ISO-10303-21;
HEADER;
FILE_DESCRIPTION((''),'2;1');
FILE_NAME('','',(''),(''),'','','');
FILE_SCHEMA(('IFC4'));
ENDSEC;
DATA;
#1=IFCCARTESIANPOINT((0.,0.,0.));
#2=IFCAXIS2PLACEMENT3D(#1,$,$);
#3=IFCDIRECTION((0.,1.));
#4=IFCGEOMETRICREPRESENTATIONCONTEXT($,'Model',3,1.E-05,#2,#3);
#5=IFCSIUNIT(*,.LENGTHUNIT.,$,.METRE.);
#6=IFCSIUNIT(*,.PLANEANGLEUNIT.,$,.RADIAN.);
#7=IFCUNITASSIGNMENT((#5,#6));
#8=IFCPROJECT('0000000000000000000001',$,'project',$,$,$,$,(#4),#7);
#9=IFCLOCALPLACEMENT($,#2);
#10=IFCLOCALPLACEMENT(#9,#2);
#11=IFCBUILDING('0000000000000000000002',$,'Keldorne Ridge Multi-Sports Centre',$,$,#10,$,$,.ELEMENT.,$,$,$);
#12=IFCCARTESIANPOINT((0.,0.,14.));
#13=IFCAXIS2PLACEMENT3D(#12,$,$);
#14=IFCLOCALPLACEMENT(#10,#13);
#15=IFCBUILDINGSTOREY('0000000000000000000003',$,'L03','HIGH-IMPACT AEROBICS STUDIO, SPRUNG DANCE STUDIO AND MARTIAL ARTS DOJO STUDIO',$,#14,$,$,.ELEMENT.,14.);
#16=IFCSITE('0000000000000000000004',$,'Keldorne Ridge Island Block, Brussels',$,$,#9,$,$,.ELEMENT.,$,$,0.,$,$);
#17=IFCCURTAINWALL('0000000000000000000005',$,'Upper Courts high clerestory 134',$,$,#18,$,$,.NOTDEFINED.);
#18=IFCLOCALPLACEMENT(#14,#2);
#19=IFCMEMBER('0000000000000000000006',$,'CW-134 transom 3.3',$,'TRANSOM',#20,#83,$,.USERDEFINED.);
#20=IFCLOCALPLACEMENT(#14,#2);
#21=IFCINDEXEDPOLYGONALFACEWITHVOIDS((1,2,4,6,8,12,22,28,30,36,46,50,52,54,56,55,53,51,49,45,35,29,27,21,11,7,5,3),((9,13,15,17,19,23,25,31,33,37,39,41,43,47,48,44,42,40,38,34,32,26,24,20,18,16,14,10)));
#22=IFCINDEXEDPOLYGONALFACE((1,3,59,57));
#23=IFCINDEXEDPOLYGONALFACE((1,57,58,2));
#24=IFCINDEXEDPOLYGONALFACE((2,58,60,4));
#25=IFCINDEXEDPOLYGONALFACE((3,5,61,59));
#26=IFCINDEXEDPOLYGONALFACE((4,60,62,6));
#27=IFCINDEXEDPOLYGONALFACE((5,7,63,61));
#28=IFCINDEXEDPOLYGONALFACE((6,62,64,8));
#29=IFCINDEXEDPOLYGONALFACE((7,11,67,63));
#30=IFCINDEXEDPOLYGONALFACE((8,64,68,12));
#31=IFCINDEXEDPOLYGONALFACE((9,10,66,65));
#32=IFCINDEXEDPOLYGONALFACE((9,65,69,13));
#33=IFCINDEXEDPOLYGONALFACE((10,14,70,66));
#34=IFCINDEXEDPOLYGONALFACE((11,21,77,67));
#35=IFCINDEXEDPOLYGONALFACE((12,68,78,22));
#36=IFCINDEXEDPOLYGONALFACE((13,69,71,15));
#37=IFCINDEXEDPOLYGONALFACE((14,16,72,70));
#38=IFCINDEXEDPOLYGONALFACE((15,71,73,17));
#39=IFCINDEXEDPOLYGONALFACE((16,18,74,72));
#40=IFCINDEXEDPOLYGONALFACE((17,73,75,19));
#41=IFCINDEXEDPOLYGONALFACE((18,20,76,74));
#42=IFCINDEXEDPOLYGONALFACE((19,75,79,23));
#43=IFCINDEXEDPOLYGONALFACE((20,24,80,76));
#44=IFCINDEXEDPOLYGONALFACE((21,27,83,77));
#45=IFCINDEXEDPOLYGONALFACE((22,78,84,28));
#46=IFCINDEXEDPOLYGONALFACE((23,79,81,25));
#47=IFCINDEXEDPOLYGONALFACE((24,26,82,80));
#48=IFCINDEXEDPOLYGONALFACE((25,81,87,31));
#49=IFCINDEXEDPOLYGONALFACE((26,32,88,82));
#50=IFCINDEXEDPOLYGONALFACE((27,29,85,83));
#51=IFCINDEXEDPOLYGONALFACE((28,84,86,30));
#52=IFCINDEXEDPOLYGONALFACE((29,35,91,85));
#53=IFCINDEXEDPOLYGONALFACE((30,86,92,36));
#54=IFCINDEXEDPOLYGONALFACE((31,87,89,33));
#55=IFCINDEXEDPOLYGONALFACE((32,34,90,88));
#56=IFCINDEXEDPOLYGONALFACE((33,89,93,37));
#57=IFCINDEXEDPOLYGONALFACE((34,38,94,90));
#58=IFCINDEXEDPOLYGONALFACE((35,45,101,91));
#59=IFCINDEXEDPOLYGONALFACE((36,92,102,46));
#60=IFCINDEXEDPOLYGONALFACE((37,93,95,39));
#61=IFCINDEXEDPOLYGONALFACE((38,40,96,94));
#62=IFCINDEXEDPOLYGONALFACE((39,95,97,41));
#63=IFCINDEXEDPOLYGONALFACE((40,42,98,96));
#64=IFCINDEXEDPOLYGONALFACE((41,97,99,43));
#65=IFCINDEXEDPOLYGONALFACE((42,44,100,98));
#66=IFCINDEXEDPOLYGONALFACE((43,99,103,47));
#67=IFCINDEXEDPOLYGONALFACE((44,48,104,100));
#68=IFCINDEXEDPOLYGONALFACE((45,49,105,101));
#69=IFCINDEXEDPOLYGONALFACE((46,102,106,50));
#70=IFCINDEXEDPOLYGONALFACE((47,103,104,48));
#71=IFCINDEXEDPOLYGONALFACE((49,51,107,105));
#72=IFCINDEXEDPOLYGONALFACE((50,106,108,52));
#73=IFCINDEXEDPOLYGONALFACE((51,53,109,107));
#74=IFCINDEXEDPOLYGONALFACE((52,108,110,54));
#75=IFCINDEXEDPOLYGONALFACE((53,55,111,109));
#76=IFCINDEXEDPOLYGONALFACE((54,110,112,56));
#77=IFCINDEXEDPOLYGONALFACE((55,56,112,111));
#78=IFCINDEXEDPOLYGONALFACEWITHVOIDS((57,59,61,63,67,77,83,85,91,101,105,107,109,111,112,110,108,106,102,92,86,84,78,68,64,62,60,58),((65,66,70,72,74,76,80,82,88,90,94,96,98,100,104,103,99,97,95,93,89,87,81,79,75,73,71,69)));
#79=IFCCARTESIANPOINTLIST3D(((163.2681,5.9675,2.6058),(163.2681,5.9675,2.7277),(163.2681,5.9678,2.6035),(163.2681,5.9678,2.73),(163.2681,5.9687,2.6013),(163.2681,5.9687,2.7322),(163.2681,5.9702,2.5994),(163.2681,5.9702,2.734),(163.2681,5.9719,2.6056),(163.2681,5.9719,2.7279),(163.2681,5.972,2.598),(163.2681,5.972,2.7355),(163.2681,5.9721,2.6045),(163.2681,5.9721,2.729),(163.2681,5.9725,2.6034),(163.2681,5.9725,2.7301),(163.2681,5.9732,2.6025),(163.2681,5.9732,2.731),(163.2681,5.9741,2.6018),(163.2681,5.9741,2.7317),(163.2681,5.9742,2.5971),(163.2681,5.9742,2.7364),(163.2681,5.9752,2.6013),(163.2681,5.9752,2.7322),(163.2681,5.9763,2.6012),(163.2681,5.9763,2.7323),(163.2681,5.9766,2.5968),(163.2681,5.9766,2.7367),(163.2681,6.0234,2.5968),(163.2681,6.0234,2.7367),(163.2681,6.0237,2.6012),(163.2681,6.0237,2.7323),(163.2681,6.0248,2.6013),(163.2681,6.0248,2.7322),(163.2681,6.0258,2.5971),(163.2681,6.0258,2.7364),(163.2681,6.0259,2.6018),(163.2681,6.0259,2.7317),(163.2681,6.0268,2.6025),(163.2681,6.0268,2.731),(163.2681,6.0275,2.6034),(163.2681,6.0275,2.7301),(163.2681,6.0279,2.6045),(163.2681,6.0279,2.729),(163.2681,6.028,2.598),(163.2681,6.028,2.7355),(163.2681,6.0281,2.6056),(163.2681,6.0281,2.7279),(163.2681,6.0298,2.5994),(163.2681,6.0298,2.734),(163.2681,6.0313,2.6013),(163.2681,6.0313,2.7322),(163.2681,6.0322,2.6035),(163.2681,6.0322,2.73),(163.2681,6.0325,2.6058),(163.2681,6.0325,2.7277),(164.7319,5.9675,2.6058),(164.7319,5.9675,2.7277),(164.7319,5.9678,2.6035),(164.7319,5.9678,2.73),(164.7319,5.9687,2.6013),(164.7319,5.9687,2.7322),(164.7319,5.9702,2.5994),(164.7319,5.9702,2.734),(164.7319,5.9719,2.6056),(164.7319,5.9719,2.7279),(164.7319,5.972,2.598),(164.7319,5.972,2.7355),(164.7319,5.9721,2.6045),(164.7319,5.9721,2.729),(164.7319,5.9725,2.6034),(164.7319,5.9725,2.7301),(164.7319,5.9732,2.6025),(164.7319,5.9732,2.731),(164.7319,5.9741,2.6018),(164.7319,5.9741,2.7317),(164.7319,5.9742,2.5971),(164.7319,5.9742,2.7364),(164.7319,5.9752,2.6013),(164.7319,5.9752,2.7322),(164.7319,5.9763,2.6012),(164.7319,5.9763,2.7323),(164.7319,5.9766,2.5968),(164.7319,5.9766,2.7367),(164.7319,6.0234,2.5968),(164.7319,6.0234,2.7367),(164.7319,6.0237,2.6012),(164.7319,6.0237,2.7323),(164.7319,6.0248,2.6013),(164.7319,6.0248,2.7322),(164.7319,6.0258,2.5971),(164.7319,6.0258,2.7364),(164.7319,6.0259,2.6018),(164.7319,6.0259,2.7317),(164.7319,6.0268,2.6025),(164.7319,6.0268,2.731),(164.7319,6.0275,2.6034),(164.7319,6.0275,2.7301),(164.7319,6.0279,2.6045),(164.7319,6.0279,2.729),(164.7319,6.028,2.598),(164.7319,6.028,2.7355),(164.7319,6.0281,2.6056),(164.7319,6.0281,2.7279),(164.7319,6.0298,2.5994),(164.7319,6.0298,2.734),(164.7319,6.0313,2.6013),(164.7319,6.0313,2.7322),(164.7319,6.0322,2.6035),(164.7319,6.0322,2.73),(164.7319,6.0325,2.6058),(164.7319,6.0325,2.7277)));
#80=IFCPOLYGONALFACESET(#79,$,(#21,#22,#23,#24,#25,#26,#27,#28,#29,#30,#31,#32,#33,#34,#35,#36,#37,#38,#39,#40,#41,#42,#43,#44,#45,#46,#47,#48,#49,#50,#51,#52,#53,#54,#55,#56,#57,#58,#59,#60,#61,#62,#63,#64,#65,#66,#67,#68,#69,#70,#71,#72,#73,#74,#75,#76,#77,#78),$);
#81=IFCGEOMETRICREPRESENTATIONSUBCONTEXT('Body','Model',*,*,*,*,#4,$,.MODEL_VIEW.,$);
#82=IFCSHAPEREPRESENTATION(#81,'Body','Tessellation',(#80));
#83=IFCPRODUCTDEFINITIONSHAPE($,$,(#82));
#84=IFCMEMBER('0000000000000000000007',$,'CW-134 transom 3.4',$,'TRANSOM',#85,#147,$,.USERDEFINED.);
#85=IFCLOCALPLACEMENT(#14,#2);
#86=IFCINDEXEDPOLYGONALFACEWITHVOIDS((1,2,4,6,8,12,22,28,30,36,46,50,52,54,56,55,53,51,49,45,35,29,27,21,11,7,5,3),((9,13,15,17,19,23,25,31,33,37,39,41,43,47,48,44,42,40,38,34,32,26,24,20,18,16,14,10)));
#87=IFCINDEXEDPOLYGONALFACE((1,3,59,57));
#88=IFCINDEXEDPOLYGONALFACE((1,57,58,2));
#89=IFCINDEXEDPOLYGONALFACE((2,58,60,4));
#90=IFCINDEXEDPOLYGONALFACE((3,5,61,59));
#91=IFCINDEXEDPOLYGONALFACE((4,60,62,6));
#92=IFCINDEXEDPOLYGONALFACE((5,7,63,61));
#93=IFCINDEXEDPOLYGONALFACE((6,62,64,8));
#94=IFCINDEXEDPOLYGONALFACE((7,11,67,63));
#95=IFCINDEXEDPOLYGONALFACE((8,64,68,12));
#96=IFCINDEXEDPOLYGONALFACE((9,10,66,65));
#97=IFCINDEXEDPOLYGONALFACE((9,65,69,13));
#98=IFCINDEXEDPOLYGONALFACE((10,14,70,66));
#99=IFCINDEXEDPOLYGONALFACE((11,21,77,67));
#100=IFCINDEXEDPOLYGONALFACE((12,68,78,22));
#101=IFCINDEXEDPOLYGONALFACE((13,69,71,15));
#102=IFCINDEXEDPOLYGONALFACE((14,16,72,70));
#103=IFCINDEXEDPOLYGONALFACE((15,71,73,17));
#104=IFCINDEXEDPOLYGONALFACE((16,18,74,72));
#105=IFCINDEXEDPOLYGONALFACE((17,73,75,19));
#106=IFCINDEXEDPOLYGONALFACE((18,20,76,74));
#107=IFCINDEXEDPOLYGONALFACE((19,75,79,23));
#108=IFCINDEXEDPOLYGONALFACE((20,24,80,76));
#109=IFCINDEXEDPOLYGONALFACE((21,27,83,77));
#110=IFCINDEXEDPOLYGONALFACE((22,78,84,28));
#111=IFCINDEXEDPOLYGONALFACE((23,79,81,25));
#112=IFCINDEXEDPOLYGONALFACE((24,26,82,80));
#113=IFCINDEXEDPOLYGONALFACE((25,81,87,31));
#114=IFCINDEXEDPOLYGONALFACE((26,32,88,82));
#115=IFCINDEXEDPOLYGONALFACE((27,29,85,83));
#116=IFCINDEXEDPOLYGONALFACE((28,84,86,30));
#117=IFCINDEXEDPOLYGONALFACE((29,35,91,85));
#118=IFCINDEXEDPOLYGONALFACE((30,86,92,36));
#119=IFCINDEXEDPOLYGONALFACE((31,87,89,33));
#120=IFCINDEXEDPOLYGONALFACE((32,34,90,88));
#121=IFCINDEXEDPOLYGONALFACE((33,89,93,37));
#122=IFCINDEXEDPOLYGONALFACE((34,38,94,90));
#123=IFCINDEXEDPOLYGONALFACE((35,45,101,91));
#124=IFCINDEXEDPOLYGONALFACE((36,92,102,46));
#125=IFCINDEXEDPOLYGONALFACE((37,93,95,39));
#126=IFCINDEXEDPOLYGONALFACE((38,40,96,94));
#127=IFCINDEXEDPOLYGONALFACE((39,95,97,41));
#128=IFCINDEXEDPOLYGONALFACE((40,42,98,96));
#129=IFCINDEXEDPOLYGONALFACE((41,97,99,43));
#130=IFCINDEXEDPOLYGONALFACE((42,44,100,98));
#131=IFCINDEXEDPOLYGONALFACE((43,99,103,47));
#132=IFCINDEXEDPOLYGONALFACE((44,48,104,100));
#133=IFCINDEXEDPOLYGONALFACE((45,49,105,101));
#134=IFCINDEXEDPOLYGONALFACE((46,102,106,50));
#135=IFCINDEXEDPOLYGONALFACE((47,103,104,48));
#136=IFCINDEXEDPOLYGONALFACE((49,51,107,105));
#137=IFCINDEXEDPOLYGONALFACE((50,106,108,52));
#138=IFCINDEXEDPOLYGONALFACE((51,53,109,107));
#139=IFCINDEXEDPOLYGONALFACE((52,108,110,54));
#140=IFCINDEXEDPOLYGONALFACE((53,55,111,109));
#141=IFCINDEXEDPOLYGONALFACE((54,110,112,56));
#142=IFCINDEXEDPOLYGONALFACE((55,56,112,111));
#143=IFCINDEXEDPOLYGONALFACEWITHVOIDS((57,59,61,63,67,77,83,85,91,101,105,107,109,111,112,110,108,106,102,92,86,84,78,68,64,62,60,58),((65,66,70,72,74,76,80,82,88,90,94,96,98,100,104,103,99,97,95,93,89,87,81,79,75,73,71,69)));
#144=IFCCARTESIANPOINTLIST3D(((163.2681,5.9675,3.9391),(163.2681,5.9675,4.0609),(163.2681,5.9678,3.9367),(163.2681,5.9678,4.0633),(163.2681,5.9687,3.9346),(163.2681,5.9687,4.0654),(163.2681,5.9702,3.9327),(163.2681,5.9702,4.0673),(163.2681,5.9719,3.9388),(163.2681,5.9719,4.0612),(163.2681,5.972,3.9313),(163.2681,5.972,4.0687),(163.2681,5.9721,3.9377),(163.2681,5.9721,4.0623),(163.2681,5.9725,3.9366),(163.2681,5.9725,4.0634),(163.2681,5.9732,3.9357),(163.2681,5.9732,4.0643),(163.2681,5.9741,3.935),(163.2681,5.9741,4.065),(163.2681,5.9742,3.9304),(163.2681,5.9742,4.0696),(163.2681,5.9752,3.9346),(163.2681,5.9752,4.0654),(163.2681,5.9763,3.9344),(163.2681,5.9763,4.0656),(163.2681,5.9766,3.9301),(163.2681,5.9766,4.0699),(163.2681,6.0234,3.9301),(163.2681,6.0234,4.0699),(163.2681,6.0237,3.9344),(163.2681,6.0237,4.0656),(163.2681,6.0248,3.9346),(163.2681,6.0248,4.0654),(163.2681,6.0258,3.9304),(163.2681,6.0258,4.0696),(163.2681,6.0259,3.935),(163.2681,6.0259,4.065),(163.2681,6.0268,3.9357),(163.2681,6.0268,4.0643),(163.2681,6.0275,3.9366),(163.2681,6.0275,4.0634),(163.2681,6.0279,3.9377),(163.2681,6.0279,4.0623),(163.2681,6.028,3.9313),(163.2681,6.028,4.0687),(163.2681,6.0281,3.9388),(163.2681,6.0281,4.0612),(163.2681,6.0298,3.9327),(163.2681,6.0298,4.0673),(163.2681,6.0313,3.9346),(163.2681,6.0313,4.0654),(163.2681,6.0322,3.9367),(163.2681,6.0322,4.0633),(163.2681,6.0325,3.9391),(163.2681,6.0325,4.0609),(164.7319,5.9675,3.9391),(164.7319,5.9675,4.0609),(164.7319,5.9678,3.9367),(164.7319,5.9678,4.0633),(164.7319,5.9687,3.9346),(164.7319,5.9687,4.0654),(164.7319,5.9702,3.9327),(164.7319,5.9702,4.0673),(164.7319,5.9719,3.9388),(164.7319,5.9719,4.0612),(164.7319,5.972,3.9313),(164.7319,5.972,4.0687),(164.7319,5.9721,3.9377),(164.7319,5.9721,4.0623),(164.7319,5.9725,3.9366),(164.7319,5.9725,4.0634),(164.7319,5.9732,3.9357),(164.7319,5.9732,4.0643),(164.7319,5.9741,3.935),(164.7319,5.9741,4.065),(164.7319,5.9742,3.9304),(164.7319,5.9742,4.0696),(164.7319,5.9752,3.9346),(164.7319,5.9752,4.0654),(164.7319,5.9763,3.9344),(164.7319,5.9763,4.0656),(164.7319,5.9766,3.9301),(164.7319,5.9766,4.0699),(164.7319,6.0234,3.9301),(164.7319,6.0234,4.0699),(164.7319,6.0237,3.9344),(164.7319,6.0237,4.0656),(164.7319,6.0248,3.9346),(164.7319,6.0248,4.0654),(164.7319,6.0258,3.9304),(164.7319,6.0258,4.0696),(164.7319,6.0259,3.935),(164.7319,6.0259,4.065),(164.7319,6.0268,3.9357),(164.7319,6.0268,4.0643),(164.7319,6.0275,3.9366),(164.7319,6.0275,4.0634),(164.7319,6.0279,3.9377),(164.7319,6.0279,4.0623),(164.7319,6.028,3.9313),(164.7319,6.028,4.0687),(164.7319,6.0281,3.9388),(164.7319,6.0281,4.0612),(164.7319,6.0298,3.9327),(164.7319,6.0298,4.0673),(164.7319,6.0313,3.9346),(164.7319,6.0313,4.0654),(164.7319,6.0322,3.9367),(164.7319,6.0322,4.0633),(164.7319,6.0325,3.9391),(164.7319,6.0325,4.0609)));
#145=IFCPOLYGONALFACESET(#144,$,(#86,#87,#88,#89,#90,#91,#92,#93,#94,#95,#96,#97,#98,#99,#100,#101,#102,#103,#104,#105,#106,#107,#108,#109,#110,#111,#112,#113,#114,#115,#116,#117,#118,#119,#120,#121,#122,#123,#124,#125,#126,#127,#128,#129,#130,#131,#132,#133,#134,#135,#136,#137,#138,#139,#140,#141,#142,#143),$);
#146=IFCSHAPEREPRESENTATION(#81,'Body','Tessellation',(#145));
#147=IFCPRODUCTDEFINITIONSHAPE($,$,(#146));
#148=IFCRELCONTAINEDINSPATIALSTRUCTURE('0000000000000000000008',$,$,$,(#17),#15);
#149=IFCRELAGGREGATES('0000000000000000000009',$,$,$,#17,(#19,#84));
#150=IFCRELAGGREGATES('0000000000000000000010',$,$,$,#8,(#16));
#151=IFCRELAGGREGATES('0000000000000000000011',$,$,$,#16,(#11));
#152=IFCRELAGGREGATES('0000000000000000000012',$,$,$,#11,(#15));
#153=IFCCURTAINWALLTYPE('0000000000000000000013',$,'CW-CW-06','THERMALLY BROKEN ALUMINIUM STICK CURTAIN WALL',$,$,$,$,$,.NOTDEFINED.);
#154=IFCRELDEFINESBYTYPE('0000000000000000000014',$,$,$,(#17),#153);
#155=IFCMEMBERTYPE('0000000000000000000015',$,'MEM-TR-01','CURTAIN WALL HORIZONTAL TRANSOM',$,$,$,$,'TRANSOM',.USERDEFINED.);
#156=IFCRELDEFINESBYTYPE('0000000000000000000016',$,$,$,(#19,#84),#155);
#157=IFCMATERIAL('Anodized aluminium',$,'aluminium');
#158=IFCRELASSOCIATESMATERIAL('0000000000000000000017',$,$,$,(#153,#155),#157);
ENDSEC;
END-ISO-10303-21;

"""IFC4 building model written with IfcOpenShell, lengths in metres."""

from ifc_helpers import new_model, si_unit, direction, frame, origin, origin_2d, place, context, subcontext, project, spatial, hollow_rectangle, extrude, material, material_profile, profile_set, type_object, element, aggregate, save


model = new_model("IFC4")

# Units and contexts
model_context = context("Model", 3, precision=1e-05, world=origin(), true_north=direction((0.0, 1.0)))
body_context = subcontext(model_context, "Body", "Model", "MODEL_VIEW")
ifc_project = project(units=[si_unit("LENGTHUNIT", "METRE"), si_unit("PLANEANGLEUNIT", "RADIAN")], contexts=[model_context])

# Site, building, storey
site_placement = place(None, origin())
site = spatial("IfcSite", under=ifc_project, at=site_placement, Name="Keldorne Ridge Island Block, Brussels", CompositionType="ELEMENT", RefElevation=0.0)
building_placement = place(site_placement, origin())
building = spatial("IfcBuilding", under=site, at=building_placement, Name="Keldorne Ridge Multi-Sports Centre", CompositionType="ELEMENT")
storey_placement = place(building_placement, frame((0.0, 0.0, 14.0)))
storey = spatial("IfcBuildingStorey", under=building, at=storey_placement, Name="L03", Description="HIGH-IMPACT AEROBICS STUDIO, SPRUNG DANCE STUDIO AND MARTIAL ARTS DOJO STUDIO", CompositionType="ELEMENT", Elevation=14.0)

# Curtain wall, members
ifc_material_1 = material(Name="Anodized aluminium", Category="aluminium")
curtain_wall_type = type_object("IfcCurtainWallType", Name="CW-CW-06", Description="THERMALLY BROKEN ALUMINIUM STICK CURTAIN WALL", PredefinedType="NOTDEFINED", material=ifc_material_1)
curtain_wall_placement = place(storey_placement, origin())
curtain_wall = element("IfcCurtainWall", 1, at=curtain_wall_placement, inside=storey, type_object=curtain_wall_type, Name="Upper Courts high clerestory 134", PredefinedType="NOTDEFINED")
ifc_material_profile_1 = material_profile(ifc_material_1, hollow_rectangle(XDim=0.0649, YDim=0.1399, WallThickness=0.0044, InnerFilletRadius=0.0044, OuterFilletRadius=0.009, at=origin_2d()), Name="ALU TRANSOM 140x65x4.5")
ifc_profile_set_1 = profile_set([ifc_material_profile_1], Name="Anodized aluminium")
member_type_1 = type_object("IfcMemberType", Name="MEM-TR-01", Description="CURTAIN WALL HORIZONTAL TRANSOM", ElementType="TRANSOM", PredefinedType="USERDEFINED", material=ifc_profile_set_1)
member_1_placement = place(storey_placement, frame((163.2681, 6.0, 2.6667), z_axis=(1.0, 0.0, 0.0), x_axis=(0.0, 1.0, 0.0)))
member_1 = element("IfcMember", 2, at=member_1_placement, type_object=member_type_1, Name="CW-134 transom 3.3", ObjectType="TRANSOM", PredefinedType="USERDEFINED", context=body_context, shape_type="SweptSolid", body=[
    extrude(hollow_rectangle(XDim=0.0649, YDim=0.1399, WallThickness=0.0044, InnerFilletRadius=0.0044, OuterFilletRadius=0.009, at=origin_2d()), origin(), (0.0, 0.0, 1.0), 1.4639),
])
member_2_placement = place(storey_placement, frame((163.2681, 6.0, 4.0), z_axis=(1.0, 0.0, 0.0), x_axis=(0.0, 1.0, 0.0)))
member_2 = element("IfcMember", 3, at=member_2_placement, type_object=member_type_1, Name="CW-134 transom 3.4", ObjectType="TRANSOM", PredefinedType="USERDEFINED", context=body_context, shape_type="SweptSolid", body=[
    extrude(hollow_rectangle(XDim=0.0649, YDim=0.1399, WallThickness=0.0044, InnerFilletRadius=0.0044, OuterFilletRadius=0.009, at=origin_2d()), origin(), (0.0, 0.0, 1.0), 1.4639),
])
aggregate(curtain_wall, [member_1, member_2])

save(model, "model.ifc")
